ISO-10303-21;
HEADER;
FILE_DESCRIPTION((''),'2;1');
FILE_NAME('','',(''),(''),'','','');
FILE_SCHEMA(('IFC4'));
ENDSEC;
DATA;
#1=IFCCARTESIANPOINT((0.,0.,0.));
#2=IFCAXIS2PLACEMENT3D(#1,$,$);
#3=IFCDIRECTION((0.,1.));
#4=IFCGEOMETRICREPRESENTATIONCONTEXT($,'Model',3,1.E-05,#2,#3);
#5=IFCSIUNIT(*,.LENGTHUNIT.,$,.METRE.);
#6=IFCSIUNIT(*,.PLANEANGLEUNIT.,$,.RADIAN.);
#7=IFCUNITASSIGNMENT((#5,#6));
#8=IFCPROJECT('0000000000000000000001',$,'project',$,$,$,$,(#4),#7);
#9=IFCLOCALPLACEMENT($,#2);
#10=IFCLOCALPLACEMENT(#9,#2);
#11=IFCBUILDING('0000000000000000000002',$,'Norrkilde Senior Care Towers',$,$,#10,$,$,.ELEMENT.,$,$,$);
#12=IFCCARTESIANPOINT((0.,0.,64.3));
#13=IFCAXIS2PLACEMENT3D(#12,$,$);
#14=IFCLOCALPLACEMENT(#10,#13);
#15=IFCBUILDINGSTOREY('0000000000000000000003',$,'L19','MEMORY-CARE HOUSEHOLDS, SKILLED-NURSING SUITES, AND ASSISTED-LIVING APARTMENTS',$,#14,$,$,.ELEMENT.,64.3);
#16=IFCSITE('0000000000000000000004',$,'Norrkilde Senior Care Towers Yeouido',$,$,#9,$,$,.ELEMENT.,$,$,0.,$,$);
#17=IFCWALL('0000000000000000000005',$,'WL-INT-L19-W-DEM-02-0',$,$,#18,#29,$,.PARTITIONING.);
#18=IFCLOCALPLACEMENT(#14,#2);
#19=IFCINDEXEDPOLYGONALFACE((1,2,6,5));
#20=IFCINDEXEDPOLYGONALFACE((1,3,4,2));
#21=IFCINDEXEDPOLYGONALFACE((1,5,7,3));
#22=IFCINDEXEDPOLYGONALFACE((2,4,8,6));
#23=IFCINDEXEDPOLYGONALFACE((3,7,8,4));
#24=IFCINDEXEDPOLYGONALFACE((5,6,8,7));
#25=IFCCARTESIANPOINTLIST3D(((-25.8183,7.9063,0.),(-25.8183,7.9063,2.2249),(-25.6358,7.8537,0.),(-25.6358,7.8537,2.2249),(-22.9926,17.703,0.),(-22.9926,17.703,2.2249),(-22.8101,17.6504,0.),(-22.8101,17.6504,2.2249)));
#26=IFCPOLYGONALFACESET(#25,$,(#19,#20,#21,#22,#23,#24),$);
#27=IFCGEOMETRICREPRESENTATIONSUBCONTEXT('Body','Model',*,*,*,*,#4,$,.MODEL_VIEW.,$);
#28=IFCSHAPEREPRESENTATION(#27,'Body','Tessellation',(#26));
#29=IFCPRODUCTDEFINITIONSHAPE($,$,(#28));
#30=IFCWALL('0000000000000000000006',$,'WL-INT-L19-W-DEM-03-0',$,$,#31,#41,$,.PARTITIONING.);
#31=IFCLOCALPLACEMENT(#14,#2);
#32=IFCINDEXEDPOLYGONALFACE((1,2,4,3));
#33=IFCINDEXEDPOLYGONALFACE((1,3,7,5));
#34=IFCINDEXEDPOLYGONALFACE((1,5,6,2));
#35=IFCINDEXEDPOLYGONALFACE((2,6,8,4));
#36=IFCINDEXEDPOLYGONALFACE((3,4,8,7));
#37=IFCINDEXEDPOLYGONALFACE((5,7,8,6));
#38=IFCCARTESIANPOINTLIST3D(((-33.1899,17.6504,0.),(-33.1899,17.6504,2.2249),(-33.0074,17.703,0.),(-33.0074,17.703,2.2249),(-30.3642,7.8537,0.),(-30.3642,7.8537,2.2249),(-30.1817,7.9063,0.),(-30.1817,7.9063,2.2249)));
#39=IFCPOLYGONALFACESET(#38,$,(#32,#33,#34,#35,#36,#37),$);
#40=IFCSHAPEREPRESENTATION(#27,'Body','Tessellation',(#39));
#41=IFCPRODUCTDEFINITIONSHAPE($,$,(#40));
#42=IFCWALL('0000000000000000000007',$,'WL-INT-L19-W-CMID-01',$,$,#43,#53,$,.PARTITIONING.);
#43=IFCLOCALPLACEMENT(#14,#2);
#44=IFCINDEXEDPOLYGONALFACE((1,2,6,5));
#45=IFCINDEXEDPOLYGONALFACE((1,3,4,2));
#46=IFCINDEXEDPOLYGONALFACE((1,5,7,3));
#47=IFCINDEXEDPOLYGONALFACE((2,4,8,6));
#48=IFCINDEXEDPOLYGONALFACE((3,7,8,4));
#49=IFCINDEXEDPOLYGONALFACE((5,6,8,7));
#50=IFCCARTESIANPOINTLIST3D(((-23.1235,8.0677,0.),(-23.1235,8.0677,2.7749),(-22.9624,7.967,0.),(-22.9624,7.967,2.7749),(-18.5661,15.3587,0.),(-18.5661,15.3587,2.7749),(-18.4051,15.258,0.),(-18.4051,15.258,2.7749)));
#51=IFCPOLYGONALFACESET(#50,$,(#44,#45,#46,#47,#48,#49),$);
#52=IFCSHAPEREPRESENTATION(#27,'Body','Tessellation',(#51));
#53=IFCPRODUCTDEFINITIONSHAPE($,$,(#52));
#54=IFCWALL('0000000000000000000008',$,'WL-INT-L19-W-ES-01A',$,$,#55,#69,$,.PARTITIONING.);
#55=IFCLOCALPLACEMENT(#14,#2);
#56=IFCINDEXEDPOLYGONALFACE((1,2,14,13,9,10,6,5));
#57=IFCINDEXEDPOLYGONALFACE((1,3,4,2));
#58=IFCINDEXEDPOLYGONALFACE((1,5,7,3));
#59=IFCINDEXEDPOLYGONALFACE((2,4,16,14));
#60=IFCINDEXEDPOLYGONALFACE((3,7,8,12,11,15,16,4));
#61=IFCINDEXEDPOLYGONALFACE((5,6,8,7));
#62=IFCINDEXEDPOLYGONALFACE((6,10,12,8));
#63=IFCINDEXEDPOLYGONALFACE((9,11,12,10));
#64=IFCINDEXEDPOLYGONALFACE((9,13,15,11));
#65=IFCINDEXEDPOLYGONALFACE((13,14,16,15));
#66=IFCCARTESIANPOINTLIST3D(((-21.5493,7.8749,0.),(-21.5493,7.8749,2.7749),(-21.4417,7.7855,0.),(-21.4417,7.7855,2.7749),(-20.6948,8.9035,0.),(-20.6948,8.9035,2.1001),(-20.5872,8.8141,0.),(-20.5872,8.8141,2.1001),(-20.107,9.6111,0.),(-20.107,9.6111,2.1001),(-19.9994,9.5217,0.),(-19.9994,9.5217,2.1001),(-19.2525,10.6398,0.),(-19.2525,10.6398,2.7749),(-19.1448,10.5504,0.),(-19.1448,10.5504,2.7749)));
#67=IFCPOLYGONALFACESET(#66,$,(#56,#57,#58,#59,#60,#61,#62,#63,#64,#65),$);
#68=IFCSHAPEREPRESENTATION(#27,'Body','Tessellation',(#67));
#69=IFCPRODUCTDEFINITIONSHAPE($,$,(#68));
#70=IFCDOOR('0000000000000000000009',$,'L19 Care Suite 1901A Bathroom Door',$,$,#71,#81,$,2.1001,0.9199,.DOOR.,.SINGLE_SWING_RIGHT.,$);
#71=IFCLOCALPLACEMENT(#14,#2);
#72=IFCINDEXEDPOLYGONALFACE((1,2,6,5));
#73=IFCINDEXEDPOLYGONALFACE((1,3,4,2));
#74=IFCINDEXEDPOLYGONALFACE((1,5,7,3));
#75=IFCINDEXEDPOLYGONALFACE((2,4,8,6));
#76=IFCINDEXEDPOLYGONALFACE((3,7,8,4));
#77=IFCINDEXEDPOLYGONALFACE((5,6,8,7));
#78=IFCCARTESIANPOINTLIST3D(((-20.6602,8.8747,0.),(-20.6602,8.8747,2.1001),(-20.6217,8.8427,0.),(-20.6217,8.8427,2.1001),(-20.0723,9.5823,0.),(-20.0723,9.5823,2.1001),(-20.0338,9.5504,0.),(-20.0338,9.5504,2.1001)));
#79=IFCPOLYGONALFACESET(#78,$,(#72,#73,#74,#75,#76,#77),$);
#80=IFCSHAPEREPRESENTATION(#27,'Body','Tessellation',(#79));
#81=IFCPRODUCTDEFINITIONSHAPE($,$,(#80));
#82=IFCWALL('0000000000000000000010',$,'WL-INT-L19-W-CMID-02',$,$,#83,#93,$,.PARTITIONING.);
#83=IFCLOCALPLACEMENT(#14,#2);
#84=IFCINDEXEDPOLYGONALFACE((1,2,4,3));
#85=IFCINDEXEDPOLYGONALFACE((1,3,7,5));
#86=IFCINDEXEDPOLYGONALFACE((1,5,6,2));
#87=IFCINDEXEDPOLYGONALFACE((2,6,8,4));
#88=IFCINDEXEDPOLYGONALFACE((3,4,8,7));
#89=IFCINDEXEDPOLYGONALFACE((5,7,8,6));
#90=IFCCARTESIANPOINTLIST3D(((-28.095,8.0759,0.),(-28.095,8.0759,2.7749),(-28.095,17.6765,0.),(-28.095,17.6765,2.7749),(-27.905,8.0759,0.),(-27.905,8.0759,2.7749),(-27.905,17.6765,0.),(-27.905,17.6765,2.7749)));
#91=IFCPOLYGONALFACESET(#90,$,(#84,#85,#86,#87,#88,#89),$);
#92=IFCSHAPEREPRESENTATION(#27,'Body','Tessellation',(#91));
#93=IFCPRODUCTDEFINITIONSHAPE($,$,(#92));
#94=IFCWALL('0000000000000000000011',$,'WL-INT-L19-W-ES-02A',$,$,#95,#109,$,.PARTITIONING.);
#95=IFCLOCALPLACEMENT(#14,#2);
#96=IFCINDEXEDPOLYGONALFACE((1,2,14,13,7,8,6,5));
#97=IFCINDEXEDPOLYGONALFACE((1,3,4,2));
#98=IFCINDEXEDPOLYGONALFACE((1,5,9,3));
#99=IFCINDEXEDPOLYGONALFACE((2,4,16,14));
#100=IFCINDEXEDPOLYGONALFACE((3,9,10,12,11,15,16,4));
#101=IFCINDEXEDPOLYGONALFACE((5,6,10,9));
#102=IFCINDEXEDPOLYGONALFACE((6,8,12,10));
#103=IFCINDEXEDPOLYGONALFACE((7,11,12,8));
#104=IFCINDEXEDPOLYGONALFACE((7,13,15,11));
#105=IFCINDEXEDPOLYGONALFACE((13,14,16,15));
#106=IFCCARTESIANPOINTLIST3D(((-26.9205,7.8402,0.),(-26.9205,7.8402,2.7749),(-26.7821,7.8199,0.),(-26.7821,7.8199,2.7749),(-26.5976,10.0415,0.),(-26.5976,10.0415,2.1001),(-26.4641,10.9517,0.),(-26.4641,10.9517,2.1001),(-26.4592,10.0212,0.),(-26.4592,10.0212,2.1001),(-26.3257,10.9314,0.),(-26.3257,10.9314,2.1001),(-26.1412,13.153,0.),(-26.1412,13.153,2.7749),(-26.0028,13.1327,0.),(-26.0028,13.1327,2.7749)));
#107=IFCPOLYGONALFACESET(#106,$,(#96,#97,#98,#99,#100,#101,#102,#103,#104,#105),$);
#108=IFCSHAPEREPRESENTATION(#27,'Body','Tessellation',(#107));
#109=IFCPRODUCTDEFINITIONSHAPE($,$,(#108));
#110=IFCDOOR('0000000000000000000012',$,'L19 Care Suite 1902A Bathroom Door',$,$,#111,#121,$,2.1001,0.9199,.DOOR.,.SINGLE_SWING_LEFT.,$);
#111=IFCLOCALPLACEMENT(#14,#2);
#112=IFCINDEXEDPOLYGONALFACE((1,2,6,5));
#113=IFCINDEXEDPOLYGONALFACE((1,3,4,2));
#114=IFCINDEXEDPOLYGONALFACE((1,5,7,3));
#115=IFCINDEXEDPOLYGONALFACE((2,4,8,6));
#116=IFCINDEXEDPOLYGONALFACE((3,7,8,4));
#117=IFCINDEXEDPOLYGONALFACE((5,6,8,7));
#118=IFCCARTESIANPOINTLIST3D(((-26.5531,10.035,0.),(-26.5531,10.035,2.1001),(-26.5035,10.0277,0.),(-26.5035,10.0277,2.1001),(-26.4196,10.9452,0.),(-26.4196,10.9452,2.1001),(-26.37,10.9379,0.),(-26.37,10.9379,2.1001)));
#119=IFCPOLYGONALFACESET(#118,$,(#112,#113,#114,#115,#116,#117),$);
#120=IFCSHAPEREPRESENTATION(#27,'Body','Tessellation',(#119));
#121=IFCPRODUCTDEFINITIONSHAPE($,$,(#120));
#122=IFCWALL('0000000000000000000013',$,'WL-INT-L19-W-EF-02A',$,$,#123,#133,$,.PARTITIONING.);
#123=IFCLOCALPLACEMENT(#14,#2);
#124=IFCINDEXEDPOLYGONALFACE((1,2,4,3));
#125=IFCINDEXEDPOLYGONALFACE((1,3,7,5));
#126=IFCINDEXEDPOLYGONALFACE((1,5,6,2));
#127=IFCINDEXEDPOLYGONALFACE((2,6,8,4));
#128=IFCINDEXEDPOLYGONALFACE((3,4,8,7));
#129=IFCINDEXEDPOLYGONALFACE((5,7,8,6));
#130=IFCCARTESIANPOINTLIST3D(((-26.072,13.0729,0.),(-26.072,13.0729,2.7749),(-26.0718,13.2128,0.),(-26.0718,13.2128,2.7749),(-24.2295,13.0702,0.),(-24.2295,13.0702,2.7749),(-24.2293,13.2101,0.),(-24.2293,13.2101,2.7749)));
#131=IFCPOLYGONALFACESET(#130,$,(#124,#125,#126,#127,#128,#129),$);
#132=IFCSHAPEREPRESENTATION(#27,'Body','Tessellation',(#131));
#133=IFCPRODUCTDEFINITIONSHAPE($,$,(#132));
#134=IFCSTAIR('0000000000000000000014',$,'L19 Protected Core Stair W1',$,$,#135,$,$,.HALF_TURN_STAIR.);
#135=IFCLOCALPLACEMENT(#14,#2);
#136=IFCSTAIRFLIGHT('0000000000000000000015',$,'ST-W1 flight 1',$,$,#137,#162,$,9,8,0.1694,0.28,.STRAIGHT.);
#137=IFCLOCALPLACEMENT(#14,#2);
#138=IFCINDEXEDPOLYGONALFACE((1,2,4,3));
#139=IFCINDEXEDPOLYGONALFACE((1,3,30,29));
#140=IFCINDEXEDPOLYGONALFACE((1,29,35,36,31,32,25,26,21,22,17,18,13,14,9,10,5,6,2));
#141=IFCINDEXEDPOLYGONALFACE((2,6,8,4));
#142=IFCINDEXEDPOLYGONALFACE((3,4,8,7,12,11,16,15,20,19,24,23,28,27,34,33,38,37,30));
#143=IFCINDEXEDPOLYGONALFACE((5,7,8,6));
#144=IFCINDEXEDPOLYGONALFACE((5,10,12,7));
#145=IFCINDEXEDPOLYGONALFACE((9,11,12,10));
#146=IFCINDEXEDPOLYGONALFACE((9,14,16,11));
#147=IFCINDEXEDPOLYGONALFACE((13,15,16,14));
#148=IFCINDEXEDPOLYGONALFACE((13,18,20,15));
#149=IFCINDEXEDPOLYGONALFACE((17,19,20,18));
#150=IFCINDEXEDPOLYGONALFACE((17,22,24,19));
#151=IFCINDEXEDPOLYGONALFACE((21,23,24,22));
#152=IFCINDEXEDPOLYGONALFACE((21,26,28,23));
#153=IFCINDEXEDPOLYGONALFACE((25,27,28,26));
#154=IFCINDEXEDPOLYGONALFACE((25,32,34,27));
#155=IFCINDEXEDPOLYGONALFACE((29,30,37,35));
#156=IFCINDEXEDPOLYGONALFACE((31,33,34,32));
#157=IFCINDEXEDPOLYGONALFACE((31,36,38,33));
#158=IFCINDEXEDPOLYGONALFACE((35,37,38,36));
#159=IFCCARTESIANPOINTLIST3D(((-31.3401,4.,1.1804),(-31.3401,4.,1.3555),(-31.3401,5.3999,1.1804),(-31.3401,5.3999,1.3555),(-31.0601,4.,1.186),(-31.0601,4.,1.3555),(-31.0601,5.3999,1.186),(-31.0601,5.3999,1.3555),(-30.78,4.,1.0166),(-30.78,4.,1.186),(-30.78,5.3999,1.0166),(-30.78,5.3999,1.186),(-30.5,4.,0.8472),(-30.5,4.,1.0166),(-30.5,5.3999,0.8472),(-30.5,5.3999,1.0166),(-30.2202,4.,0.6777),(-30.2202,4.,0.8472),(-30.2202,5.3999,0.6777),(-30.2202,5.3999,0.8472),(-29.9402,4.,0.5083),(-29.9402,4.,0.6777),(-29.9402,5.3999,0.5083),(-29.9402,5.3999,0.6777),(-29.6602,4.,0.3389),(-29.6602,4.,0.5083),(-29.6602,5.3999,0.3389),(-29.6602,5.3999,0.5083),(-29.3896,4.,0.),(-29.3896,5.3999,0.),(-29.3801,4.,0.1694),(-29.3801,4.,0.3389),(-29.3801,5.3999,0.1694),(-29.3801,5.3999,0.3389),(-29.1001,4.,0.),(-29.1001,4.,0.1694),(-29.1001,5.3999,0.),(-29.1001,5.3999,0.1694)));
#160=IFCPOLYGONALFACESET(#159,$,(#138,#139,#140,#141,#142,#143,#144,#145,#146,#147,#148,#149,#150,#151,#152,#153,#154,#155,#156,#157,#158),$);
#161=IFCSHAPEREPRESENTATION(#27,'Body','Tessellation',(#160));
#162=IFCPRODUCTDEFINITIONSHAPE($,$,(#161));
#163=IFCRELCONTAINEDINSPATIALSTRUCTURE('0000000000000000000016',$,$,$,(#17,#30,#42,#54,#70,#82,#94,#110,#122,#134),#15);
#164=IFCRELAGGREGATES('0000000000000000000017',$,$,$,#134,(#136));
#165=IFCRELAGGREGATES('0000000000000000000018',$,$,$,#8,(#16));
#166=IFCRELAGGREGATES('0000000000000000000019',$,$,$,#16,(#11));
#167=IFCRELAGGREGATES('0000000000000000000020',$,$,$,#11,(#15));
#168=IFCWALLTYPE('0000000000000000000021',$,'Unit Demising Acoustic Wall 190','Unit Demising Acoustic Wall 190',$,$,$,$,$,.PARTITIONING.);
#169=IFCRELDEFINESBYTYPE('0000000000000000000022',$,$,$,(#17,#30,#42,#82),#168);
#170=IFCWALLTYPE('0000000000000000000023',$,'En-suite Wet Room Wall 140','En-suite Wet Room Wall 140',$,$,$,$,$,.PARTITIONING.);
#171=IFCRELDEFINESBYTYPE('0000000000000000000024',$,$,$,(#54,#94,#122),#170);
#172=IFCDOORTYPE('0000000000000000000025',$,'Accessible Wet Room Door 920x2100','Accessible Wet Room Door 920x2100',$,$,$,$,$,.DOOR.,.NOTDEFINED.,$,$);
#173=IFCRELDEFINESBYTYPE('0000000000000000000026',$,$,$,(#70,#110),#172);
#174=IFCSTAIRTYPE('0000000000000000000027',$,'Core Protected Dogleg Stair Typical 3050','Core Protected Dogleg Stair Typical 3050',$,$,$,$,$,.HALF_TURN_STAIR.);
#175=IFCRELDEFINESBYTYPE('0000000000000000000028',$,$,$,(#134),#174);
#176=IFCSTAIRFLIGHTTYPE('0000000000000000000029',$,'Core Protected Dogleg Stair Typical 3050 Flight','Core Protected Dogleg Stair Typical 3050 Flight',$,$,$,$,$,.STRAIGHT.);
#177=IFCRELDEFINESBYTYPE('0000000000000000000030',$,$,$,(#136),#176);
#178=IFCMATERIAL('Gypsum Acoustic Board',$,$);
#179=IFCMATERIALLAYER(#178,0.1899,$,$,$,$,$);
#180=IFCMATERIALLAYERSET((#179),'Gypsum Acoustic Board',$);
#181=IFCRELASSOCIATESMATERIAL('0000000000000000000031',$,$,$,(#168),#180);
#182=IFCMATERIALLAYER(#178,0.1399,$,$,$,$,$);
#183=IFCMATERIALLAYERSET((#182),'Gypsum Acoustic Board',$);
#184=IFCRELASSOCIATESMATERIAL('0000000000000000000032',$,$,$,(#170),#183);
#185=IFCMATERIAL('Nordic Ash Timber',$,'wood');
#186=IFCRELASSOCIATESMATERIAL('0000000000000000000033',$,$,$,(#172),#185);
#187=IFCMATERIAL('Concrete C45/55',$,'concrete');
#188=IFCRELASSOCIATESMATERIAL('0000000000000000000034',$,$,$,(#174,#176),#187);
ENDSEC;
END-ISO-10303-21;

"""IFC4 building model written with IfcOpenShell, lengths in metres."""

from ifc_helpers import new_model, si_unit, direction, frame, frame_2d, origin, place, context, subcontext, project, spatial, polyline, rectangle, outline, extrude, source, transform, mapped, material, layer, layer_set, type_object, type_shapes, element, fill, aggregate, save


model = new_model("IFC4")

# Units and contexts
model_context = context("Model", 3, precision=1e-05, world=origin(), true_north=direction((0.0, 1.0)))
body_context = subcontext(model_context, "Body", "Model", "MODEL_VIEW")
ifc_project = project(units=[si_unit("LENGTHUNIT", "METRE"), si_unit("PLANEANGLEUNIT", "RADIAN")], contexts=[model_context])

# Site, building, storey
site_placement = place(None, origin())
site = spatial("IfcSite", under=ifc_project, at=site_placement, Name="Norrkilde Senior Care Towers Yeouido", CompositionType="ELEMENT", RefElevation=0.0)
building_placement = place(site_placement, origin())
building = spatial("IfcBuilding", under=site, at=building_placement, Name="Norrkilde Senior Care Towers", CompositionType="ELEMENT")
storey_placement = place(building_placement, frame((0.0, 0.0, 64.3)))
storey = spatial("IfcBuildingStorey", under=building, at=storey_placement, Name="L19", Description="MEMORY-CARE HOUSEHOLDS, SKILLED-NURSING SUITES, AND ASSISTED-LIVING APARTMENTS", CompositionType="ELEMENT", Elevation=64.3)

# Walls
ifc_material_1 = material(Name="Concrete C45/55", Category="concrete")
ifc_material_2 = material(Name="Gypsum Acoustic Board")
ifc_layer_1 = layer(ifc_material_2, 0.1899)
ifc_layer_set_1 = layer_set([ifc_layer_1], Name="Gypsum Acoustic Board")
wall_type_1 = type_object("IfcWallType", Name="Unit Demising Acoustic Wall 190", Description="Unit Demising Acoustic Wall 190", PredefinedType="PARTITIONING", material=ifc_layer_set_1)
shared_shape_1 = source(origin(), body_context, "Body", "SweptSolid", [
    extrude(rectangle(XDim=10.196, YDim=0.1899, at=frame_2d((5.0981, 0.0))), origin(), (0.0, 0.0, 1.0), 2.2249),
])
for number, where, z_axis, x_axis, name in (
    (1, (-25.7271, 7.8799, 0.0), (0.0, 0.0, 1.0), (0.277136, 0.960831, 0.0), "WL-INT-L19-W-DEM-02-0"),
    (2, (-30.2729, 7.8799, 0.0), (0.0, 0.0, 1.0), (-0.277136, 0.960831, 0.0), "WL-INT-L19-W-DEM-03-0"),
):
    element("IfcWall", number, at=place(storey_placement, frame(where, z_axis=z_axis, x_axis=x_axis)), inside=storey, type_object=wall_type_1, Name=name, PredefinedType="PARTITIONING", context=body_context, shape_type="MappedRepresentation", body=[
        mapped(shared_shape_1, transform((0.0, 0.0, 0.0), x_axis=(1.0, 0.0, 0.0), y_axis=(0.0, 1.0, 0.0), z_axis=(0.0, 0.0, 1.0), scale=1.0)),
    ])
shared_shape_2 = source(origin(), body_context, "Body", "SweptSolid", [
    extrude(rectangle(XDim=8.5981, YDim=0.1899, at=frame_2d((4.2991, 0.0))), origin(), (0.0, 0.0, 1.0), 2.7749),
])
wall_1_placement = place(storey_placement, frame((-23.043, 8.0173, 0.0), z_axis=(0.0, 0.0, 1.0), x_axis=(0.53004, 0.847973, 0.0)))
element("IfcWall", 3, at=wall_1_placement, inside=storey, type_object=wall_type_1, Name="WL-INT-L19-W-CMID-01", PredefinedType="PARTITIONING", context=body_context, shape_type="MappedRepresentation", body=[
    mapped(shared_shape_2, transform((0.0, 0.0, 0.0), x_axis=(1.0, 0.0, 0.0), y_axis=(0.0, 1.0, 0.0), z_axis=(0.0, 0.0, 1.0), scale=1.0)),
])

# Wall, opening, door
ifc_layer_2 = layer(ifc_material_2, 0.1399)
ifc_layer_set_2 = layer_set([ifc_layer_2], Name="Gypsum Acoustic Board")
wall_type_2 = type_object("IfcWallType", Name="En-suite Wet Room Wall 140", Description="En-suite Wet Room Wall 140", PredefinedType="PARTITIONING", material=ifc_layer_set_2)
shared_shape_3 = source(origin(), body_context, "Body", "SweptSolid", [
    extrude(rectangle(XDim=3.5945, YDim=0.1399, at=frame_2d((1.7974, 0.0))), origin(), (0.0, 0.0, 1.0), 2.7749),
])
wall_2_placement = place(storey_placement, frame((-21.4956, 7.8301, 0.0), z_axis=(0.0, 0.0, 1.0), x_axis=(0.639001, 0.769206, 0.0)))
wall_2 = element("IfcWall", 4, at=wall_2_placement, inside=storey, type_object=wall_type_2, Name="WL-INT-L19-W-ES-01A", PredefinedType="PARTITIONING", context=body_context, shape_type="MappedRepresentation", body=[
    mapped(shared_shape_3, transform((0.0, 0.0, 0.0), x_axis=(1.0, 0.0, 0.0), y_axis=(0.0, 1.0, 0.0), z_axis=(0.0, 0.0, 1.0), scale=1.0)),
])
opening_1_placement = place(wall_2_placement, frame((1.3374, 0.0, 0.0)))
opening_1 = element("IfcOpeningElement", 5, at=opening_1_placement, cuts=wall_2, PredefinedType="OPENING", context=body_context, shape_type="SweptSolid", body=[
    extrude(rectangle(XDim=0.9199, YDim=2.1001, at=frame_2d((0.46, 1.05))), frame((0.0, 0.0798, 0.0), z_axis=(0.0, -1.0, 0.0), x_axis=(1.0, 0.0, 0.0)), (0.0, 0.0, 1.0), 0.1599),
])
ifc_material_3 = material(Name="Nordic Ash Timber", Category="wood")
door_type_1 = type_object("IfcDoorType", Name="Accessible Wet Room Door 920x2100", Description="Accessible Wet Room Door 920x2100", OperationType="NOTDEFINED", PredefinedType="DOOR", material=ifc_material_3)
shared_shape_4 = source(origin(), body_context, "Body", "SweptSolid", [
    extrude(rectangle(XDim=0.9199, YDim=2.1001, at=frame_2d((0.46, 1.05))), frame((0.0, 0.0249, 0.0), z_axis=(0.0, -1.0, 0.0), x_axis=(1.0, 0.0, 0.0)), (0.0, 0.0, 1.0), 0.05),
])
type_shapes(door_type_1, [shared_shape_4])
door_1_placement = place(opening_1_placement, origin())
door_1 = element("IfcDoor", 6, at=door_1_placement, inside=storey, type_object=door_type_1, Name="L19 Care Suite 1901A Bathroom Door", OperationType="SINGLE_SWING_RIGHT", OverallHeight=2.1001, OverallWidth=0.9199, PredefinedType="DOOR", context=body_context, shape_type="MappedRepresentation", body=[
    mapped(shared_shape_4, transform((0.0, 0.0, 0.0), x_axis=(1.0, 0.0, 0.0), y_axis=(0.0, 1.0, 0.0), z_axis=(0.0, 0.0, 1.0), scale=1.0)),
])
fill(opening_1, door_1)

# Wall
shared_shape_5 = source(origin(), body_context, "Body", "SweptSolid", [
    extrude(rectangle(XDim=9.6006, YDim=0.1899, at=frame_2d((4.8003, 0.0))), origin(), (0.0, 0.0, 1.0), 2.7749),
])
type_shapes(wall_type_1, [shared_shape_1, shared_shape_2, shared_shape_5])
wall_3_placement = place(storey_placement, frame((-28.0, 8.0759, 0.0), z_axis=(0.0, 0.0, 1.0), x_axis=(0.0, 1.0, 0.0)))
element("IfcWall", 7, at=wall_3_placement, inside=storey, type_object=wall_type_1, Name="WL-INT-L19-W-CMID-02", PredefinedType="PARTITIONING", context=body_context, shape_type="MappedRepresentation", body=[
    mapped(shared_shape_5, transform((0.0, 0.0, 0.0), x_axis=(1.0, 0.0, 0.0), y_axis=(0.0, 1.0, 0.0), z_axis=(0.0, 0.0, 1.0), scale=1.0)),
])

# Wall, opening, door
shared_shape_6 = source(origin(), body_context, "Body", "SweptSolid", [
    extrude(rectangle(XDim=5.3696, YDim=0.1399, at=frame_2d((2.6848, 0.0))), origin(), (0.0, 0.0, 1.0), 2.7749),
])
wall_4_placement = place(storey_placement, frame((-26.8513, 7.8301, 0.0), z_axis=(0.0, 0.0, 1.0), x_axis=(0.145131, 0.989412, 0.0)))
wall_4 = element("IfcWall", 8, at=wall_4_placement, inside=storey, type_object=wall_type_2, Name="WL-INT-L19-W-ES-02A", PredefinedType="PARTITIONING", context=body_context, shape_type="MappedRepresentation", body=[
    mapped(shared_shape_6, transform((0.0, 0.0, 0.0), x_axis=(1.0, 0.0, 0.0), y_axis=(0.0, 1.0, 0.0), z_axis=(0.0, 0.0, 1.0), scale=1.0)),
])
opening_2_placement = place(wall_4_placement, frame((2.2249, 0.0, 0.0)))
opening_2 = element("IfcOpeningElement", 9, at=opening_2_placement, cuts=wall_4, PredefinedType="OPENING", context=body_context, shape_type="SweptSolid", body=[
    extrude(rectangle(XDim=0.9199, YDim=2.1001, at=frame_2d((0.46, 1.05))), frame((0.0, 0.0798, 0.0), z_axis=(0.0, -1.0, 0.0), x_axis=(1.0, 0.0, 0.0)), (0.0, 0.0, 1.0), 0.1599),
])
door_2_placement = place(opening_2_placement, origin())
door_2 = element("IfcDoor", 10, at=door_2_placement, inside=storey, type_object=door_type_1, Name="L19 Care Suite 1902A Bathroom Door", OperationType="SINGLE_SWING_LEFT", OverallHeight=2.1001, OverallWidth=0.9199, PredefinedType="DOOR", context=body_context, shape_type="MappedRepresentation", body=[
    mapped(shared_shape_4, transform((0.0, 0.0, 0.0), x_axis=(1.0, 0.0, 0.0), y_axis=(0.0, 1.0, 0.0), z_axis=(0.0, 0.0, 1.0), scale=1.0)),
])
fill(opening_2, door_2)

# Wall
shared_shape_7 = source(origin(), body_context, "Body", "SweptSolid", [
    extrude(rectangle(XDim=1.8425, YDim=0.1399, at=frame_2d((0.9214, 0.0))), origin(), (0.0, 0.0, 1.0), 2.7749),
])
type_shapes(wall_type_2, [shared_shape_3, shared_shape_6, shared_shape_7])
wall_5_placement = place(storey_placement, frame((-26.072, 13.1428, 0.0), z_axis=(0.0, 0.0, 1.0), x_axis=(0.999999, -0.001458, 0.0)))
element("IfcWall", 11, at=wall_5_placement, inside=storey, type_object=wall_type_2, Name="WL-INT-L19-W-EF-02A", PredefinedType="PARTITIONING", context=body_context, shape_type="MappedRepresentation", body=[
    mapped(shared_shape_7, transform((0.0, 0.0, 0.0), x_axis=(1.0, 0.0, 0.0), y_axis=(0.0, 1.0, 0.0), z_axis=(0.0, 0.0, 1.0), scale=1.0)),
])

# Stair, stair flight
stair_type = type_object("IfcStairType", Name="Core Protected Dogleg Stair Typical 3050", Description="Core Protected Dogleg Stair Typical 3050", PredefinedType="HALF_TURN_STAIR", material=ifc_material_1)
stair_placement = place(storey_placement, origin())
stair = element("IfcStair", 12, at=stair_placement, inside=storey, type_object=stair_type, Name="L19 Protected Core Stair W1", PredefinedType="HALF_TURN_STAIR")
stair_flight_type = type_object("IfcStairFlightType", Name="Core Protected Dogleg Stair Typical 3050 Flight", Description="Core Protected Dogleg Stair Typical 3050 Flight", PredefinedType="STRAIGHT", material=ifc_material_1)
stair_flight_placement = place(storey_placement, frame((-29.1001, 4.7, 0.0), z_axis=(0.0, 0.0, 1.0), x_axis=(-1.0, 0.0, 0.0)))
stair_flight = element("IfcStairFlight", 13, at=stair_flight_placement, type_object=stair_flight_type, Name="ST-W1 flight 1", NumberOfRisers=9, NumberOfTreads=8, PredefinedType="STRAIGHT", RiserHeight=0.1694, TreadLength=0.28, context=body_context, shape_type="SweptSolid", body=[
    extrude(outline(polyline([(0.0, 0.0), (0.0, 0.1694), (0.28, 0.1694), (0.28, 0.3389), (0.5601, 0.3389), (0.5601, 0.5083), (0.8401, 0.5083), (0.8401, 0.6777), (1.1201, 0.6777), (1.1201, 0.8472), (1.3999, 0.8472), (1.3999, 1.0166), (1.6799, 1.0166), (1.6799, 1.186), (1.96, 1.186), (1.96, 1.3555), (2.24, 1.3555), (2.24, 1.5249), (2.24, 1.1804), (0.2896, 0.0), (0.0, 0.0)])), frame((0.0, 0.7, 0.0), z_axis=(0.0, -1.0, 0.0), x_axis=(1.0, 0.0, 0.0)), (0.0, 0.0, 1.0), 1.3999),
])
aggregate(stair, [stair_flight])

save(model, "model.ifc")
